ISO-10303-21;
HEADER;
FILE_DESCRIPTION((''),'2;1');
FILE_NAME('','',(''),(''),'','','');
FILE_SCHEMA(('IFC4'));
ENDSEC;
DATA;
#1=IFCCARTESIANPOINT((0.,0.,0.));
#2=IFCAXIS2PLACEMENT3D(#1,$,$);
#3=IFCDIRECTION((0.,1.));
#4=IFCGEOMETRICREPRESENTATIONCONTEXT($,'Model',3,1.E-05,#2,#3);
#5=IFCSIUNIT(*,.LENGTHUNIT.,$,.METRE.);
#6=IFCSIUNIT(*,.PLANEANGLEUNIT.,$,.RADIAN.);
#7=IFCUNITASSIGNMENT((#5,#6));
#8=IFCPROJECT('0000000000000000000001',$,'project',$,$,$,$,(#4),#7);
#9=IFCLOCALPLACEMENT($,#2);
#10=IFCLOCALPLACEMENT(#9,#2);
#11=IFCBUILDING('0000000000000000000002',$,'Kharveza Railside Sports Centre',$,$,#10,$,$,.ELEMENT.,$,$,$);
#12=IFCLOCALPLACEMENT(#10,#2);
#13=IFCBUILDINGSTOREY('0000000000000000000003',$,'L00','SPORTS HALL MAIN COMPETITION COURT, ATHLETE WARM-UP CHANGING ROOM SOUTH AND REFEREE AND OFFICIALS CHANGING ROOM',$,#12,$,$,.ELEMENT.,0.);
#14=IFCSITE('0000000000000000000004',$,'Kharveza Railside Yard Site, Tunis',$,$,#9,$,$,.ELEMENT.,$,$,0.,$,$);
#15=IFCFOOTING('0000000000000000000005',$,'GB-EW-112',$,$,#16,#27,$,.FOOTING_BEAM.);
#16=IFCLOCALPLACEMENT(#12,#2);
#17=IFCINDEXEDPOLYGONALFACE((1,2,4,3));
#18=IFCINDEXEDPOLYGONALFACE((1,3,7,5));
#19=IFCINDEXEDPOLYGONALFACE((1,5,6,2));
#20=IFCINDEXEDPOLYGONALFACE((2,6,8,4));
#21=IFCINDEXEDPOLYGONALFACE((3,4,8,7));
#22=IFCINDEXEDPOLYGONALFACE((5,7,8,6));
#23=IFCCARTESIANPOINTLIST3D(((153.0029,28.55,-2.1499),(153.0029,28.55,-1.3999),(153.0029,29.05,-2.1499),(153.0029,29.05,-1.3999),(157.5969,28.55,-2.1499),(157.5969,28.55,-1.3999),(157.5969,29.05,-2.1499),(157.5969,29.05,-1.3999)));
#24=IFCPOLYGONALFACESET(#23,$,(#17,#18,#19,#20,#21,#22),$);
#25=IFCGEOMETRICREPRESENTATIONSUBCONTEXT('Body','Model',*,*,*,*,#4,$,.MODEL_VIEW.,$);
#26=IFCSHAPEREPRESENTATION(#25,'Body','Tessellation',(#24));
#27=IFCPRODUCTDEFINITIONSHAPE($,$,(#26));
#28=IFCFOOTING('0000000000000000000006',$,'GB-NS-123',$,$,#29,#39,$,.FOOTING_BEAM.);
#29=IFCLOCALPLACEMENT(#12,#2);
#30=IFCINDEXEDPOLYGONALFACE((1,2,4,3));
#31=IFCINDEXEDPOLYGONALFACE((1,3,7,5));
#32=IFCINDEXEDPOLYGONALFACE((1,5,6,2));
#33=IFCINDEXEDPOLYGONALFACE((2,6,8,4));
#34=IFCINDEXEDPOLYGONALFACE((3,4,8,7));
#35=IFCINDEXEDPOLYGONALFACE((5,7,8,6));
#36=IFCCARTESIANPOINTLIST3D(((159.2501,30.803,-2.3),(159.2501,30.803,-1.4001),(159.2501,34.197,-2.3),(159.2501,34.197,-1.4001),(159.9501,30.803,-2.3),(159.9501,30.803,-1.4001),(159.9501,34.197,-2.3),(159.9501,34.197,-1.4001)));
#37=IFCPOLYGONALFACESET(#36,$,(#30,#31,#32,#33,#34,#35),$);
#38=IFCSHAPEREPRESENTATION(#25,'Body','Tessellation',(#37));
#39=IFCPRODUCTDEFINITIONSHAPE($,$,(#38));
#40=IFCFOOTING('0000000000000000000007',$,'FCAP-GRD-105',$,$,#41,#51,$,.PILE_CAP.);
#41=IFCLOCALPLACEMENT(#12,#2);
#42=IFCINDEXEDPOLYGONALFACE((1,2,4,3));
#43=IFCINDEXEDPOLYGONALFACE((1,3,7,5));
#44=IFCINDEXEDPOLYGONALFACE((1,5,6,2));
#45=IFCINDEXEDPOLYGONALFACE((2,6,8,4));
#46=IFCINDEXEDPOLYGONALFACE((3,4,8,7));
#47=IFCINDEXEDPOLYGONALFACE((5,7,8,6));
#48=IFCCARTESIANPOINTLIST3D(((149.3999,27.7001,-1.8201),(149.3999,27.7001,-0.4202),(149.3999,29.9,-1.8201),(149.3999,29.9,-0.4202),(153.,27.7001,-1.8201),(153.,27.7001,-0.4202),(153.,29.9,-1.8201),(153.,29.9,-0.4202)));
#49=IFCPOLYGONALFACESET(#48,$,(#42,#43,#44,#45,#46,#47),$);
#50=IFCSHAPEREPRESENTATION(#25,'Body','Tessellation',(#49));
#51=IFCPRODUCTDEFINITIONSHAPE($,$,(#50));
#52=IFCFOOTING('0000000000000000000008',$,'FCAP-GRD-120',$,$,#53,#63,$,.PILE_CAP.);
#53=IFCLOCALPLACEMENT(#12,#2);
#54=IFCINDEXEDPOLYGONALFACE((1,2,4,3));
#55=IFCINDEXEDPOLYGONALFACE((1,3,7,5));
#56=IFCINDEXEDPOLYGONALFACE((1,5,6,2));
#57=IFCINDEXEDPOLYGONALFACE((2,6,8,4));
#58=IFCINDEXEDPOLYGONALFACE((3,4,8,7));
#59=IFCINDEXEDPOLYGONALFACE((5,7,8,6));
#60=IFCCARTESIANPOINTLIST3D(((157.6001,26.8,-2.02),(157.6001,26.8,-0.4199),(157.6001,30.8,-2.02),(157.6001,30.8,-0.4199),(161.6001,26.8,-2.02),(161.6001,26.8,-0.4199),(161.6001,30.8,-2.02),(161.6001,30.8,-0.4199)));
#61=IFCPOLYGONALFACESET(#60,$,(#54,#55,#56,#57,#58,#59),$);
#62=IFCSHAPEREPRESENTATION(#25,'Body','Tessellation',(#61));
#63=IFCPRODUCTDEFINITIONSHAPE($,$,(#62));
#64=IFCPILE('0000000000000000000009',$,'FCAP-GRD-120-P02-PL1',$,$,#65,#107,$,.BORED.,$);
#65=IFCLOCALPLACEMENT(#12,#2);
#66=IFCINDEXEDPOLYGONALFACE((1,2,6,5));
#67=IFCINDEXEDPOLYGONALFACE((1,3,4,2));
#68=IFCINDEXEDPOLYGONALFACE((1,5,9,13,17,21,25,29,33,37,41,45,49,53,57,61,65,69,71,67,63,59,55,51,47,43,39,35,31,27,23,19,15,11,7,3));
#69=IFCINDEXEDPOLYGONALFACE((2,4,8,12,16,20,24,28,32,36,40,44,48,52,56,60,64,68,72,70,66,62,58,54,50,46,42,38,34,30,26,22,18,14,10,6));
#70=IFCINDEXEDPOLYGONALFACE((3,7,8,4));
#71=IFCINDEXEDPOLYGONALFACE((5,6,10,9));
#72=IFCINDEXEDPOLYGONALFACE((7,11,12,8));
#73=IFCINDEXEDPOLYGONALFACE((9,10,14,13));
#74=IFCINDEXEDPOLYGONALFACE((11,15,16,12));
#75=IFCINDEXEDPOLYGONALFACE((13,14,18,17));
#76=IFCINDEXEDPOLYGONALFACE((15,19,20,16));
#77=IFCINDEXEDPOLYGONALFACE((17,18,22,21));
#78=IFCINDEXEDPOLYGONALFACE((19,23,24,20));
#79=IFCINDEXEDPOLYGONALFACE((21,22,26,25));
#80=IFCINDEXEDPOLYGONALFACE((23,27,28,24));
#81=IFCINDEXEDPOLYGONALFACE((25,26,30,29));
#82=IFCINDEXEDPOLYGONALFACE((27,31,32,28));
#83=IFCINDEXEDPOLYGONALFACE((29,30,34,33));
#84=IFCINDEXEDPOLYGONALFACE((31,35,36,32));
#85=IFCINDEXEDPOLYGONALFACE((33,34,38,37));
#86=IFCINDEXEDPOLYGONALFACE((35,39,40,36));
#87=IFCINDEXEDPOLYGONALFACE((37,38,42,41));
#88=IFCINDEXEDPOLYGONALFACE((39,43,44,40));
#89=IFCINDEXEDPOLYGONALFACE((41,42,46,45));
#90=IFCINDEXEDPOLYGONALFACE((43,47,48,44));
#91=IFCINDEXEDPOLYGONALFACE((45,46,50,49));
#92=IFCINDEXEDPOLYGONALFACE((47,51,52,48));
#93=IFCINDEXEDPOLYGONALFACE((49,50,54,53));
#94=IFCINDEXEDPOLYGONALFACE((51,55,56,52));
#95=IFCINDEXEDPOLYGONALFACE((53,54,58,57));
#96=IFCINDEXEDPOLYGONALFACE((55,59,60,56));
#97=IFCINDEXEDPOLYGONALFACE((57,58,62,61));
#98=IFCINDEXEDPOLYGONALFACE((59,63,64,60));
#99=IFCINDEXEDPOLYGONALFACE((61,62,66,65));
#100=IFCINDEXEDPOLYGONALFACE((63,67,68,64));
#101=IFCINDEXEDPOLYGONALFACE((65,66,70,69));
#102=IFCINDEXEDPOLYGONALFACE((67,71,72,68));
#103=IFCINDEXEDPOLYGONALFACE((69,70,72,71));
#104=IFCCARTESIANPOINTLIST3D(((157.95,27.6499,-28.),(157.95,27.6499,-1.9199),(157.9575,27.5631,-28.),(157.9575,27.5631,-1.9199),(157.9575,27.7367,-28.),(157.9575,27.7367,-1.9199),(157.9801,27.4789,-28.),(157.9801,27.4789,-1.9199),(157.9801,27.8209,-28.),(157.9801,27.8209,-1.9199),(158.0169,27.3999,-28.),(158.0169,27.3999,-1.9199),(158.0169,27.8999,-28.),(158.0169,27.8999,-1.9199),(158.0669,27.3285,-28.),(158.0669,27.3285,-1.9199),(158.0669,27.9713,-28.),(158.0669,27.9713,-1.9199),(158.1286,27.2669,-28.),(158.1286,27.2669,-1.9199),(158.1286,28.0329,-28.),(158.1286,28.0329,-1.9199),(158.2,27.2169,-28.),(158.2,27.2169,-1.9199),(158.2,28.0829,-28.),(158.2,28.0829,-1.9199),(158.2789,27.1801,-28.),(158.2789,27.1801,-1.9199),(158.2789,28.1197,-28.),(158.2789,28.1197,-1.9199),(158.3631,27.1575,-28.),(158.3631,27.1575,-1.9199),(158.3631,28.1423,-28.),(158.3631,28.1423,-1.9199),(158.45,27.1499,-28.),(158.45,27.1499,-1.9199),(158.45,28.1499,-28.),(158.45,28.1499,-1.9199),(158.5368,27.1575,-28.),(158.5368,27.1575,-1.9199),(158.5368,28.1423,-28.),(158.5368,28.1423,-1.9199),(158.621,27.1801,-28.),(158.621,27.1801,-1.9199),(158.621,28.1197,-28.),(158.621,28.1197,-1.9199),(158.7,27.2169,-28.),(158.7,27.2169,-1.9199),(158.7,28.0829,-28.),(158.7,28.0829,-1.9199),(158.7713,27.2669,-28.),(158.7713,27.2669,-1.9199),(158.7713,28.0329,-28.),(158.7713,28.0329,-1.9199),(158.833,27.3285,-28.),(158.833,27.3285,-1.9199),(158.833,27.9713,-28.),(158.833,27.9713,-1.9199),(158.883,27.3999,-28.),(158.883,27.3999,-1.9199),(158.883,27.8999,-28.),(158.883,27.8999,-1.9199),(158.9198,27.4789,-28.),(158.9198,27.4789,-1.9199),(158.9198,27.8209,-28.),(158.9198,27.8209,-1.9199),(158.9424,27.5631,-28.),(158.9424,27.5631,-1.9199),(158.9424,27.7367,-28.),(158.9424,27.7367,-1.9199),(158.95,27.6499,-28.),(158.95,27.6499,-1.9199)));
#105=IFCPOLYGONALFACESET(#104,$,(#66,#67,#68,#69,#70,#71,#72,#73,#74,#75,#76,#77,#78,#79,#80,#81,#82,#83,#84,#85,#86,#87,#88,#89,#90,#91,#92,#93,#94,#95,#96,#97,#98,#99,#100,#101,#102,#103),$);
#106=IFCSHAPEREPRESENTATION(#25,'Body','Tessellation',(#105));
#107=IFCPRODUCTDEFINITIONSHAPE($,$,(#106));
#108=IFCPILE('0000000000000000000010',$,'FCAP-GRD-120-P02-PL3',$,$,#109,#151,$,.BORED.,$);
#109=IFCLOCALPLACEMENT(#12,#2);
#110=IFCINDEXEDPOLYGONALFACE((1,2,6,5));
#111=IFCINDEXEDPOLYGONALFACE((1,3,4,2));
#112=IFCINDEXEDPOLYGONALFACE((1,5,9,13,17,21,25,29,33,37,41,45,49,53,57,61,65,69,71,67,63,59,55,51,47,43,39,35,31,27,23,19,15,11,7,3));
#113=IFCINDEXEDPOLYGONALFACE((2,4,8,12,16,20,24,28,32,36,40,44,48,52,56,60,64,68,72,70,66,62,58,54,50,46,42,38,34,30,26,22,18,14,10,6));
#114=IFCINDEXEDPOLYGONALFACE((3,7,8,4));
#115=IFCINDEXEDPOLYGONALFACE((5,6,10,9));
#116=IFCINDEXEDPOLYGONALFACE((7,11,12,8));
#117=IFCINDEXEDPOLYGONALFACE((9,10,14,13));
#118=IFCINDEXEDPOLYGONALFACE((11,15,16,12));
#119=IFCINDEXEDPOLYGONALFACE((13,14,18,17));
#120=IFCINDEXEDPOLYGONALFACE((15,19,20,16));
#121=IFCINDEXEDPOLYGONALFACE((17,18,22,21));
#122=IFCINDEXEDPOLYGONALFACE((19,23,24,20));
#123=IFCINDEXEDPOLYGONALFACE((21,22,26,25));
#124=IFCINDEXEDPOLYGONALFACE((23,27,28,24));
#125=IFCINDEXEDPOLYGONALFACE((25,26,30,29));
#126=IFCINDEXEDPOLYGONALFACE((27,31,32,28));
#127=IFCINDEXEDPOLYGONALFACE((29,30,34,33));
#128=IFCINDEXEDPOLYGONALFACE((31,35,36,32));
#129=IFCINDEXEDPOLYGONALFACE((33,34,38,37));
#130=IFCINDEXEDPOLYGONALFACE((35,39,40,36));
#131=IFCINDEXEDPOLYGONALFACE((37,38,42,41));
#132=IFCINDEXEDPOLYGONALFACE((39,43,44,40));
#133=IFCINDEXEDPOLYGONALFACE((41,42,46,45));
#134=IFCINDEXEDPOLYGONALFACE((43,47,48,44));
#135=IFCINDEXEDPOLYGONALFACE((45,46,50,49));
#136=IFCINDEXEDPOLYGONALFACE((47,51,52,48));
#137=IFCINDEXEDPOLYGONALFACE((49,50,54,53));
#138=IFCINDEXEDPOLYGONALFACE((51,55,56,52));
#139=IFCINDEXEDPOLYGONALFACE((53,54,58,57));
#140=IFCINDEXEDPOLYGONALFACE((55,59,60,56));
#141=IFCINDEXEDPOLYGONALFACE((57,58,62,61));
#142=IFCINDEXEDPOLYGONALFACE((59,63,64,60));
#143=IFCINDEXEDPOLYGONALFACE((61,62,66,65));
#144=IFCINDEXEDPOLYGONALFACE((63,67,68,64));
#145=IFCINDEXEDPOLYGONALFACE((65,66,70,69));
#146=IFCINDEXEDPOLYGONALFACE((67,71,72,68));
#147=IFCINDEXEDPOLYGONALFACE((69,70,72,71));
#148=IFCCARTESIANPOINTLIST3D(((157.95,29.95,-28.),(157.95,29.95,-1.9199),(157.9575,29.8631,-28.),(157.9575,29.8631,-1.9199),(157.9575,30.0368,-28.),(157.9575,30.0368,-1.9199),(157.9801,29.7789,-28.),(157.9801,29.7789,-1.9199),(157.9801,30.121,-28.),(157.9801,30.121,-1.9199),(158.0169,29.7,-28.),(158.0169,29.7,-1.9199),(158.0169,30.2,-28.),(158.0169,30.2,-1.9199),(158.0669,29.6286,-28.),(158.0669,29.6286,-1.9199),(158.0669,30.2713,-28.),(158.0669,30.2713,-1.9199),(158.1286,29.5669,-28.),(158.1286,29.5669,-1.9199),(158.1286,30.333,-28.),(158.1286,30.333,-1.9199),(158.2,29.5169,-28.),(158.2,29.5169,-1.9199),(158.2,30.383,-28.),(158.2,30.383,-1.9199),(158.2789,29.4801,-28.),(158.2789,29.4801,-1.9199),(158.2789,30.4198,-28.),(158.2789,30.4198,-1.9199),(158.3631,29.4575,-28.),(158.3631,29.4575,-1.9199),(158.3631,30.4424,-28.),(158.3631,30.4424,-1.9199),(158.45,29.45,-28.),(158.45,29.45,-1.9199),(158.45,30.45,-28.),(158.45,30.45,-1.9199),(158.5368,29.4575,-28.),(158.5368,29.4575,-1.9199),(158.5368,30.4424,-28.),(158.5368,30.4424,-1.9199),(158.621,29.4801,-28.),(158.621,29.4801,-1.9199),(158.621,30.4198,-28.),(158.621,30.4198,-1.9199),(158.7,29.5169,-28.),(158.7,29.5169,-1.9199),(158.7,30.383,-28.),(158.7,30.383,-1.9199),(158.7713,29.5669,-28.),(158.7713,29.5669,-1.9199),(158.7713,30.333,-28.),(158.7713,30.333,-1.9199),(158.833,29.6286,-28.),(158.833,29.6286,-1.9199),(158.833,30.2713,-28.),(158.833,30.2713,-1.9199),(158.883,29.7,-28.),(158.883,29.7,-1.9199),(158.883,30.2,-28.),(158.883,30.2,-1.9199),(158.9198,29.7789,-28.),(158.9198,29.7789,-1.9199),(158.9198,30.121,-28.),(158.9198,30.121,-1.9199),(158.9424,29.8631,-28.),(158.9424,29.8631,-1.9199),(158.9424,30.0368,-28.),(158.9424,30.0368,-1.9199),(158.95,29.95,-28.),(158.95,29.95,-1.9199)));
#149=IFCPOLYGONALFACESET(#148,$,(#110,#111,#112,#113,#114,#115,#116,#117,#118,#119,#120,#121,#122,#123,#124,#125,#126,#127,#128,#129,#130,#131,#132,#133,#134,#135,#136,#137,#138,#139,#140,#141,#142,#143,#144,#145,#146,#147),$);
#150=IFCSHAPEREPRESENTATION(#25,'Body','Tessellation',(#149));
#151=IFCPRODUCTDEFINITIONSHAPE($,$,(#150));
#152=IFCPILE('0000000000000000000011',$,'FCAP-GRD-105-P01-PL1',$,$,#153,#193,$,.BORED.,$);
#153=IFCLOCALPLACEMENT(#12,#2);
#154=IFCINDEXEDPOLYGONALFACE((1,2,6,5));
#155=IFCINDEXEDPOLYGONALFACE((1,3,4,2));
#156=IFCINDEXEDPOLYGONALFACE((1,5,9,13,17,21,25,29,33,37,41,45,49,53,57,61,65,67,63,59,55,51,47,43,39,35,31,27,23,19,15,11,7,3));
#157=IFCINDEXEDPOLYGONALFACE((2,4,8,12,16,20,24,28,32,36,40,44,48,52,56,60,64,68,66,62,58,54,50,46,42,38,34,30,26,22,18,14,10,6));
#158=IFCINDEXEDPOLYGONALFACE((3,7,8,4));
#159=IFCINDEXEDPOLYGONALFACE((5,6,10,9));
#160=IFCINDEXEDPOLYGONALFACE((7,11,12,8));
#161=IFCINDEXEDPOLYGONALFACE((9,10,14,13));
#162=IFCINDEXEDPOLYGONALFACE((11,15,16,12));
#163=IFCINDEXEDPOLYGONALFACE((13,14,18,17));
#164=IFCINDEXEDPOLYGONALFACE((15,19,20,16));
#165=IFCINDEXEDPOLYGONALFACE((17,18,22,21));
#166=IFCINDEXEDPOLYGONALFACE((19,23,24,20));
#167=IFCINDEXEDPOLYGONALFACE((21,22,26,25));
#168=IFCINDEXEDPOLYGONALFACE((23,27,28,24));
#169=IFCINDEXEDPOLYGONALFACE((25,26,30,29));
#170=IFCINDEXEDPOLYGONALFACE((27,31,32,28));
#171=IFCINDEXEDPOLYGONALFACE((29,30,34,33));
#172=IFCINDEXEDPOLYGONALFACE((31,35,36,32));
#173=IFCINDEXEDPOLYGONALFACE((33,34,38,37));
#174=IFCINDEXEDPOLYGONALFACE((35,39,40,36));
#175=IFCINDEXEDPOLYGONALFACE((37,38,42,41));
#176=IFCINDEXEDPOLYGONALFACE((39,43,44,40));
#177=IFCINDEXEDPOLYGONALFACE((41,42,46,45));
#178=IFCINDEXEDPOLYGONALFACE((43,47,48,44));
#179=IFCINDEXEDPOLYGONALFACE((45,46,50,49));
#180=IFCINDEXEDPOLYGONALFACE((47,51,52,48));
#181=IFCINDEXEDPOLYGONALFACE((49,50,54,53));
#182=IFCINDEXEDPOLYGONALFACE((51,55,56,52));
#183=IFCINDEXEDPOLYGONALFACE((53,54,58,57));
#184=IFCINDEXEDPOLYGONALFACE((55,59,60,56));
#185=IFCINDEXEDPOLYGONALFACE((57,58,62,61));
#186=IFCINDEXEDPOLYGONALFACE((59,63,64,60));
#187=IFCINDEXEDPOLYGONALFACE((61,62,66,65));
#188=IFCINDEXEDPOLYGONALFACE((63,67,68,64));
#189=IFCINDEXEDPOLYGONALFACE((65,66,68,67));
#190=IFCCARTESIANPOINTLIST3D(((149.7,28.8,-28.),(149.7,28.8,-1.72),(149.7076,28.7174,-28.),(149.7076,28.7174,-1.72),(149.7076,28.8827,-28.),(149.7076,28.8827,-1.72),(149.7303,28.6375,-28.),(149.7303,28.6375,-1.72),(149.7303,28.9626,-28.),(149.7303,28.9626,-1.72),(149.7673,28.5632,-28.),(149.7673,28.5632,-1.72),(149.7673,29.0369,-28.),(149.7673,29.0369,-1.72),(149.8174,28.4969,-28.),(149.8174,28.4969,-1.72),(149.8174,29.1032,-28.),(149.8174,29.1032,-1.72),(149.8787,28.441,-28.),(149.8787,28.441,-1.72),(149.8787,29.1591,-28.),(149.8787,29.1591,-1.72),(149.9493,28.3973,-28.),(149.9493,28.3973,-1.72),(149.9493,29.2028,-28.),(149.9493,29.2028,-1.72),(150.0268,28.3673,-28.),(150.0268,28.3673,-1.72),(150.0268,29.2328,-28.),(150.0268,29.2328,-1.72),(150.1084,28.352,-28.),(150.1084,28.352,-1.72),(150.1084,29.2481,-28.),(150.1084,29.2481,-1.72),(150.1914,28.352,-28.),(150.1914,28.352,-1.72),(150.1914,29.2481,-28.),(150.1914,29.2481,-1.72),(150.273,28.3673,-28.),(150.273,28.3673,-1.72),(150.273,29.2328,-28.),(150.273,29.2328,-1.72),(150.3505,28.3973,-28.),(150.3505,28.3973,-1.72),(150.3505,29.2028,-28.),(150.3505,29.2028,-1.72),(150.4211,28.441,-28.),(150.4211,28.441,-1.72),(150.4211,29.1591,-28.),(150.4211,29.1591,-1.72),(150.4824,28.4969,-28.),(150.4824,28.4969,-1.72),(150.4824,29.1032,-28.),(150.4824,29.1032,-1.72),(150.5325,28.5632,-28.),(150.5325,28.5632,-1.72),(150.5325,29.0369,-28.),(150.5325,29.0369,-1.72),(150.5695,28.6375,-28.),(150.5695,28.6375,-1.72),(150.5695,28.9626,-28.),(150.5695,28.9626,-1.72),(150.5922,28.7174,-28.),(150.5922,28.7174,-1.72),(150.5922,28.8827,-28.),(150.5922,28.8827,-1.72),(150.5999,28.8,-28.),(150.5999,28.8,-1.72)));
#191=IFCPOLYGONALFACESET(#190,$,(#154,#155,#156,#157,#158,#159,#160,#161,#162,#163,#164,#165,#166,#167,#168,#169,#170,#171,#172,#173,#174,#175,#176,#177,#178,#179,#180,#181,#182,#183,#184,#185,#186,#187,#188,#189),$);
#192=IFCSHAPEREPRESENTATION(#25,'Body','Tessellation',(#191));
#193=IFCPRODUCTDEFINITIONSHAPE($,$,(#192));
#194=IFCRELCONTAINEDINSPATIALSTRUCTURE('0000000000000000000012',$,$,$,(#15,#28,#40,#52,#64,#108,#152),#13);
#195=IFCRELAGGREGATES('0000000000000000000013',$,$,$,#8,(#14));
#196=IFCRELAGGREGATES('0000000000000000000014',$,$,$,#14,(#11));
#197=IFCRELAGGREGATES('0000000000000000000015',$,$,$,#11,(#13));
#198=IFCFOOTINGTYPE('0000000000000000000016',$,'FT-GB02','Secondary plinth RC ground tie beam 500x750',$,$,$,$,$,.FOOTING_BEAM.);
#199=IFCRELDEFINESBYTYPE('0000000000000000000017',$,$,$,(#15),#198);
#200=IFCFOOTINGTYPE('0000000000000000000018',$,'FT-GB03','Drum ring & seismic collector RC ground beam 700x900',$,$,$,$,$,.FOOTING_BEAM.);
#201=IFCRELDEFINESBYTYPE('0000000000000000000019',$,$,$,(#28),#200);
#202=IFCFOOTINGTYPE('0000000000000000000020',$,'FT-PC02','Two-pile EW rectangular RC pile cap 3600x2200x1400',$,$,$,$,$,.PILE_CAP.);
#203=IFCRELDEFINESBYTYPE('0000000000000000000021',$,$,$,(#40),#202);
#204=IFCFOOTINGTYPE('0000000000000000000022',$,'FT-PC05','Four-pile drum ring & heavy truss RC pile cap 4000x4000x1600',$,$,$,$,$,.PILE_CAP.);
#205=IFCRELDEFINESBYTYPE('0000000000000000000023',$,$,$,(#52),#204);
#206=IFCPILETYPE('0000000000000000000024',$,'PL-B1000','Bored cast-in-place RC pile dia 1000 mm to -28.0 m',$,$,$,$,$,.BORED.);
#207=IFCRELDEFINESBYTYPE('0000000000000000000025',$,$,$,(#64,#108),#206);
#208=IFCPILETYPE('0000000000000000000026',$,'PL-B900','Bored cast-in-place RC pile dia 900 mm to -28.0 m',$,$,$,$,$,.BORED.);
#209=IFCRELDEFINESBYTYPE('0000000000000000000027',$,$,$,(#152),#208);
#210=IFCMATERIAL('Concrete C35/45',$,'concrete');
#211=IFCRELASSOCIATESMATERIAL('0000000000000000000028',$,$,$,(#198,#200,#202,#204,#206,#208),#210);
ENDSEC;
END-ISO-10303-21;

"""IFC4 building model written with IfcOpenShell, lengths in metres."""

from ifc_helpers import new_model, si_unit, direction, frame, origin, origin_2d, place, context, subcontext, project, spatial, rectangle, circle, extrude, material, material_profile, profile_set, type_object, element, save


model = new_model("IFC4")

# Units and contexts
model_context = context("Model", 3, precision=1e-05, world=origin(), true_north=direction((0.0, 1.0)))
body_context = subcontext(model_context, "Body", "Model", "MODEL_VIEW")
ifc_project = project(units=[si_unit("LENGTHUNIT", "METRE"), si_unit("PLANEANGLEUNIT", "RADIAN")], contexts=[model_context])

# Site, building, storey
site_placement = place(None, origin())
site = spatial("IfcSite", under=ifc_project, at=site_placement, Name="Kharveza Railside Yard Site, Tunis", CompositionType="ELEMENT", RefElevation=0.0)
building_placement = place(site_placement, origin())
building = spatial("IfcBuilding", under=site, at=building_placement, Name="Kharveza Railside Sports Centre", CompositionType="ELEMENT")
storey_placement = place(building_placement, origin())
storey = spatial("IfcBuildingStorey", under=building, at=storey_placement, Name="L00", Description="SPORTS HALL MAIN COMPETITION COURT, ATHLETE WARM-UP CHANGING ROOM SOUTH AND REFEREE AND OFFICIALS CHANGING ROOM", CompositionType="ELEMENT", Elevation=0.0)

# Footings
ifc_material_1 = material(Name="Concrete C35/45", Category="concrete")
ifc_material_profile_1 = material_profile(ifc_material_1, rectangle(XDim=0.5, YDim=0.75, at=origin_2d()), Name="GB 500x750")
ifc_profile_set_1 = profile_set([ifc_material_profile_1], Name="Concrete C35/45")
footing_type_1 = type_object("IfcFootingType", Name="FT-GB02", Description="Secondary plinth RC ground tie beam 500x750", PredefinedType="FOOTING_BEAM", material=ifc_profile_set_1)
footing_1_placement = place(storey_placement, frame((153.0029, 28.8, -1.7749), z_axis=(1.0, 0.0, 0.0), x_axis=(0.0, 1.0, 0.0)))
element("IfcFooting", 1, at=footing_1_placement, inside=storey, type_object=footing_type_1, Name="GB-EW-112", PredefinedType="FOOTING_BEAM", context=body_context, shape_type="SweptSolid", body=[
    extrude(rectangle(XDim=0.5, YDim=0.75, at=origin_2d()), origin(), (0.0, 0.0, 1.0), 4.594),
])
ifc_material_profile_2 = material_profile(ifc_material_1, rectangle(XDim=0.7, YDim=0.8999, at=origin_2d()), Name="GB 700x900")
ifc_profile_set_2 = profile_set([ifc_material_profile_2], Name="Concrete C35/45")
footing_type_2 = type_object("IfcFootingType", Name="FT-GB03", Description="Drum ring & seismic collector RC ground beam 700x900", PredefinedType="FOOTING_BEAM", material=ifc_profile_set_2)
footing_2_placement = place(storey_placement, frame((159.6001, 30.803, -1.8501), z_axis=(0.0, 1.0, 0.0), x_axis=(-1.0, 0.0, 0.0)))
element("IfcFooting", 2, at=footing_2_placement, inside=storey, type_object=footing_type_2, Name="GB-NS-123", PredefinedType="FOOTING_BEAM", context=body_context, shape_type="SweptSolid", body=[
    extrude(rectangle(XDim=0.7, YDim=0.8999, at=origin_2d()), origin(), (0.0, 0.0, 1.0), 3.394),
])
footing_type_3 = type_object("IfcFootingType", Name="FT-PC02", Description="Two-pile EW rectangular RC pile cap 3600x2200x1400", PredefinedType="PILE_CAP", material=ifc_material_1)
footing_3_placement = place(storey_placement, frame((151.2, 28.8, -1.8201), z_axis=(0.0, 0.0, 1.0), x_axis=(1.0, 0.0, 0.0)))
element("IfcFooting", 3, at=footing_3_placement, inside=storey, type_object=footing_type_3, Name="FCAP-GRD-105", PredefinedType="PILE_CAP", context=body_context, shape_type="SweptSolid", body=[
    extrude(rectangle(XDim=3.6001, YDim=2.2, at=origin_2d()), origin(), (0.0, 0.0, 1.0), 1.3999),
])
footing_type_4 = type_object("IfcFootingType", Name="FT-PC05", Description="Four-pile drum ring & heavy truss RC pile cap 4000x4000x1600", PredefinedType="PILE_CAP", material=ifc_material_1)
footing_4_placement = place(storey_placement, frame((159.6001, 28.8, -2.02), z_axis=(0.0, 0.0, 1.0), x_axis=(1.0, 0.0, 0.0)))
element("IfcFooting", 4, at=footing_4_placement, inside=storey, type_object=footing_type_4, Name="FCAP-GRD-120", PredefinedType="PILE_CAP", context=body_context, shape_type="SweptSolid", body=[
    extrude(rectangle(XDim=4.0, YDim=4.0, at=origin_2d()), origin(), (0.0, 0.0, 1.0), 1.6001),
])

# Piles
ifc_material_profile_3 = material_profile(ifc_material_1, circle(Radius=0.5, at=origin_2d()), Name="PILE D1000")
ifc_profile_set_3 = profile_set([ifc_material_profile_3], Name="Concrete C35/45")
pile_type_1 = type_object("IfcPileType", Name="PL-B1000", Description="Bored cast-in-place RC pile dia 1000 mm to -28.0 m", PredefinedType="BORED", material=ifc_profile_set_3)
for number, where, z_axis, x_axis, name in (
    (5, (158.45, 27.6499, -1.9199), (0.0, 0.0, -1.0), (1.0, 0.0, 0.0), "FCAP-GRD-120-P02-PL1"),
    (6, (158.45, 29.95, -1.9199), (0.0, 0.0, -1.0), (1.0, 0.0, 0.0), "FCAP-GRD-120-P02-PL3"),
):
    element("IfcPile", number, at=place(storey_placement, frame(where, z_axis=z_axis, x_axis=x_axis)), inside=storey, type_object=pile_type_1, Name=name, PredefinedType="BORED", context=body_context, shape_type="SweptSolid", body=[
        extrude(circle(Radius=0.5, at=origin_2d()), origin(), (0.0, 0.0, 1.0), 26.0801),
    ])
ifc_material_profile_4 = material_profile(ifc_material_1, circle(Radius=0.45, at=origin_2d()), Name="PILE D900")
ifc_profile_set_4 = profile_set([ifc_material_profile_4], Name="Concrete C35/45")
pile_type_2 = type_object("IfcPileType", Name="PL-B900", Description="Bored cast-in-place RC pile dia 900 mm to -28.0 m", PredefinedType="BORED", material=ifc_profile_set_4)
for number, where, z_axis, x_axis, name in (
    (7, (150.1499, 28.8, -1.72), (0.0, 0.0, -1.0), (1.0, 0.0, 0.0), "FCAP-GRD-105-P01-PL1"),
):
    element("IfcPile", number, at=place(storey_placement, frame(where, z_axis=z_axis, x_axis=x_axis)), inside=storey, type_object=pile_type_2, Name=name, PredefinedType="BORED", context=body_context, shape_type="SweptSolid", body=[
        extrude(circle(Radius=0.45, at=origin_2d()), origin(), (0.0, 0.0, 1.0), 26.28),
    ])

save(model, "model.ifc")
